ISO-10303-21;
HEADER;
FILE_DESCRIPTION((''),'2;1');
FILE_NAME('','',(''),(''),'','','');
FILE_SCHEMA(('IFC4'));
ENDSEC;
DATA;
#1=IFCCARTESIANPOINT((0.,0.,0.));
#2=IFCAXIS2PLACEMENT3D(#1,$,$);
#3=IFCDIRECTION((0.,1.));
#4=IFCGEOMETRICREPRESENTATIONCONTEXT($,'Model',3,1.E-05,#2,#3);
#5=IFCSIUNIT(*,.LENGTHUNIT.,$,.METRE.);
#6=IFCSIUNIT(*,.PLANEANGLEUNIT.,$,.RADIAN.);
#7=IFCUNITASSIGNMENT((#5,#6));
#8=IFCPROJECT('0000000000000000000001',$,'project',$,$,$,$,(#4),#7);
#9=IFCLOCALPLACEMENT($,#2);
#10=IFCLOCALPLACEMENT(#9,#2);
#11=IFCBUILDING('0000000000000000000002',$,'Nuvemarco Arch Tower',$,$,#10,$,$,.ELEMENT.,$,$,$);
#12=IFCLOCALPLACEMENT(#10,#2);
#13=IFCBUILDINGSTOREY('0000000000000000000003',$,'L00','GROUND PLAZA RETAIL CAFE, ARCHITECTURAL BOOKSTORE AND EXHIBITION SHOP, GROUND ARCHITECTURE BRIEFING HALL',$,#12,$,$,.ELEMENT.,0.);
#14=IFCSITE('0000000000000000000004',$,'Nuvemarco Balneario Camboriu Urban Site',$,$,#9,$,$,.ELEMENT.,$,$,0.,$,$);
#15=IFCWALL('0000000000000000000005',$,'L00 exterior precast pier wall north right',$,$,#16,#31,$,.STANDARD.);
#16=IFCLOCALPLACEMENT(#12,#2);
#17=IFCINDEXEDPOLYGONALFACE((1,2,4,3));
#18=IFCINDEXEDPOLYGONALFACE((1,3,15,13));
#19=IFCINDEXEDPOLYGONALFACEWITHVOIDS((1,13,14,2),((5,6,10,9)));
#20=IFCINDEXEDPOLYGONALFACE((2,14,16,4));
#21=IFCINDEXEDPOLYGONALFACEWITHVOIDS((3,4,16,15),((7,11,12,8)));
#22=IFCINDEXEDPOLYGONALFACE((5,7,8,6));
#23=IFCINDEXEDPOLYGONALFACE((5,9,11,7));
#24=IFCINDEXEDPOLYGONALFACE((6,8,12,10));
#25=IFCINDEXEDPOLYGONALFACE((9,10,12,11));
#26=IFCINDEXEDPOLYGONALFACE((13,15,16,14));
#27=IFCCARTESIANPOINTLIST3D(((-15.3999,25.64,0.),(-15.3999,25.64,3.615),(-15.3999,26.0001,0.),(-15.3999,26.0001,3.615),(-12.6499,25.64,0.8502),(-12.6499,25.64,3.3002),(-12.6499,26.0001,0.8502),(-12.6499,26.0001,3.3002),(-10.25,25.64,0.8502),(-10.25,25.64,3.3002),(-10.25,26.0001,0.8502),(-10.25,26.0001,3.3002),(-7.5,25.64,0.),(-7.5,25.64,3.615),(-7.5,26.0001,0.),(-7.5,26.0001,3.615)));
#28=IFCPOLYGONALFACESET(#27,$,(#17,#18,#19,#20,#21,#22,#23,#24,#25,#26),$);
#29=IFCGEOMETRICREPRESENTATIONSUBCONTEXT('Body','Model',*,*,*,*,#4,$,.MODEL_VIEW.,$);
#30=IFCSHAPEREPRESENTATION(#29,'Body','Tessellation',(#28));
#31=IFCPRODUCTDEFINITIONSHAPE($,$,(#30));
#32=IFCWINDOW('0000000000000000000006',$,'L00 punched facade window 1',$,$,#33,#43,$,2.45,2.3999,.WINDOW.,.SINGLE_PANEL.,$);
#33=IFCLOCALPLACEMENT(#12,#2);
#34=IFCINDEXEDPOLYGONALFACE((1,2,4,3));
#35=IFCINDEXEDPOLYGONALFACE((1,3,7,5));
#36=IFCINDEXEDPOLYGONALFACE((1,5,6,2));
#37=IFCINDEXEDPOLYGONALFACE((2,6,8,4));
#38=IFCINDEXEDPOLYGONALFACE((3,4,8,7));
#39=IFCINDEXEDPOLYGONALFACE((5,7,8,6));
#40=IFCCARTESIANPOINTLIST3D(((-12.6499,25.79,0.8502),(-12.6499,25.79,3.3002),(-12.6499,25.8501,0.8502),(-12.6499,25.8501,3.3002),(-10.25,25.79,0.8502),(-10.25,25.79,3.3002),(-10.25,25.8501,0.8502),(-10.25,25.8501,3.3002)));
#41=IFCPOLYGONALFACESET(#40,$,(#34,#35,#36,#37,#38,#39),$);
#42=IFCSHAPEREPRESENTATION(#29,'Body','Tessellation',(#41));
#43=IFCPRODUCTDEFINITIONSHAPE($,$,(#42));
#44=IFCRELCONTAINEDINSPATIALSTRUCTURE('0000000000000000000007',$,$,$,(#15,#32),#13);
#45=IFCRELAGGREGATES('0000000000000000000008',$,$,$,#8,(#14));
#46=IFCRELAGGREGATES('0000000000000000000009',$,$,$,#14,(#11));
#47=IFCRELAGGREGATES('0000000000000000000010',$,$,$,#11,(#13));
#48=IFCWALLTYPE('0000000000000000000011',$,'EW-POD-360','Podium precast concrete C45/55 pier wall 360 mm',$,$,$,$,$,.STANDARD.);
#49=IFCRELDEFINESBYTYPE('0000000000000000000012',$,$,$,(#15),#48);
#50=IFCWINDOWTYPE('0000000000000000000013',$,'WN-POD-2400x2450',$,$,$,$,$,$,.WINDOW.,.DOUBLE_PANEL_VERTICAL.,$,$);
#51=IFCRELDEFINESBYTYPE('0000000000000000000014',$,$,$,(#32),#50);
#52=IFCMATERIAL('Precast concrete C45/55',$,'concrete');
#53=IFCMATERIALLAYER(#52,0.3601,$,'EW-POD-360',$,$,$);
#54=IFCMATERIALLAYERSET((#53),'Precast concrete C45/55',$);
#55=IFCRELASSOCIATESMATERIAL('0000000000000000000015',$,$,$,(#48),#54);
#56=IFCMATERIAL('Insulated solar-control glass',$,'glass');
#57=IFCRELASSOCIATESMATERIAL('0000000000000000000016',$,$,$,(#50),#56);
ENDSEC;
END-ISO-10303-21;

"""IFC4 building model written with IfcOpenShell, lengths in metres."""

from ifc_helpers import new_model, si_unit, direction, frame, frame_2d, origin, place, context, subcontext, project, spatial, rectangle, extrude, source, transform, mapped, material, layer, layer_set, type_object, type_shapes, element, fill, save


model = new_model("IFC4")

# Units and contexts
model_context = context("Model", 3, precision=1e-05, world=origin(), true_north=direction((0.0, 1.0)))
body_context = subcontext(model_context, "Body", "Model", "MODEL_VIEW")
ifc_project = project(units=[si_unit("LENGTHUNIT", "METRE"), si_unit("PLANEANGLEUNIT", "RADIAN")], contexts=[model_context])

# Site, building, storey
site_placement = place(None, origin())
site = spatial("IfcSite", under=ifc_project, at=site_placement, Name="Nuvemarco Balneario Camboriu Urban Site", CompositionType="ELEMENT", RefElevation=0.0)
building_placement = place(site_placement, origin())
building = spatial("IfcBuilding", under=site, at=building_placement, Name="Nuvemarco Arch Tower", CompositionType="ELEMENT")
storey_placement = place(building_placement, origin())
storey = spatial("IfcBuildingStorey", under=building, at=storey_placement, Name="L00", Description="GROUND PLAZA RETAIL CAFE, ARCHITECTURAL BOOKSTORE AND EXHIBITION SHOP, GROUND ARCHITECTURE BRIEFING HALL", CompositionType="ELEMENT", Elevation=0.0)

# Shared definitions
ifc_material_1 = material(Name="Precast concrete C45/55", Category="concrete")

# Wall, opening, window
ifc_layer_1 = layer(ifc_material_1, 0.3601, Name="EW-POD-360")
ifc_layer_set_1 = layer_set([ifc_layer_1], Name="Precast concrete C45/55")
wall_type = type_object("IfcWallType", Name="EW-POD-360", Description="Podium precast concrete C45/55 pier wall 360 mm", PredefinedType="STANDARD", material=ifc_layer_set_1)
wall_placement = place(storey_placement, frame((-15.3999, 25.8201, 0.0), z_axis=(0.0, 0.0, 1.0), x_axis=(1.0, 0.0, 0.0)))
wall = element("IfcWall", 1, at=wall_placement, inside=storey, type_object=wall_type, Name="L00 exterior precast pier wall north right", PredefinedType="STANDARD", context=body_context, shape_type="SweptSolid", body=[
    extrude(rectangle(XDim=7.8999, YDim=0.3601, at=frame_2d((3.95, 0.0))), origin(), (0.0, 0.0, 1.0), 3.615),
])
opening_placement = place(wall_placement, frame((2.75, 0.0, 0.8501)))
opening = element("IfcOpeningElement", 2, at=opening_placement, cuts=wall, PredefinedType="OPENING", context=body_context, shape_type="SweptSolid", body=[
    extrude(rectangle(XDim=2.3999, YDim=2.45, at=frame_2d((1.2, 1.2251))), frame((0.0, 0.1899, 0.0), z_axis=(0.0, -1.0, 0.0), x_axis=(1.0, 0.0, 0.0)), (0.0, 0.0, 1.0), 0.3801),
])
ifc_material_2 = material(Name="Insulated solar-control glass", Category="glass")
window_type = type_object("IfcWindowType", Name="WN-POD-2400x2450", PartitioningType="DOUBLE_PANEL_VERTICAL", PredefinedType="WINDOW", material=ifc_material_2)
shared_shape_1 = source(origin(), body_context, "Body", "SweptSolid", [
    extrude(rectangle(XDim=2.3999, YDim=2.45, at=frame_2d((1.2, 1.2251))), frame((0.0, 0.03, 0.0), z_axis=(0.0, -1.0, 0.0), x_axis=(1.0, 0.0, 0.0)), (0.0, 0.0, 1.0), 0.0601),
])
type_shapes(window_type, [shared_shape_1])
window_placement = place(opening_placement, origin())
window = element("IfcWindow", 3, at=window_placement, inside=storey, type_object=window_type, Name="L00 punched facade window 1", OverallHeight=2.45, OverallWidth=2.3999, PartitioningType="SINGLE_PANEL", PredefinedType="WINDOW", context=body_context, shape_type="MappedRepresentation", body=[
    mapped(shared_shape_1, transform((0.0, 0.0, 0.0), scale=1.0)),
])
fill(opening, window)

save(model, "model.ifc")
